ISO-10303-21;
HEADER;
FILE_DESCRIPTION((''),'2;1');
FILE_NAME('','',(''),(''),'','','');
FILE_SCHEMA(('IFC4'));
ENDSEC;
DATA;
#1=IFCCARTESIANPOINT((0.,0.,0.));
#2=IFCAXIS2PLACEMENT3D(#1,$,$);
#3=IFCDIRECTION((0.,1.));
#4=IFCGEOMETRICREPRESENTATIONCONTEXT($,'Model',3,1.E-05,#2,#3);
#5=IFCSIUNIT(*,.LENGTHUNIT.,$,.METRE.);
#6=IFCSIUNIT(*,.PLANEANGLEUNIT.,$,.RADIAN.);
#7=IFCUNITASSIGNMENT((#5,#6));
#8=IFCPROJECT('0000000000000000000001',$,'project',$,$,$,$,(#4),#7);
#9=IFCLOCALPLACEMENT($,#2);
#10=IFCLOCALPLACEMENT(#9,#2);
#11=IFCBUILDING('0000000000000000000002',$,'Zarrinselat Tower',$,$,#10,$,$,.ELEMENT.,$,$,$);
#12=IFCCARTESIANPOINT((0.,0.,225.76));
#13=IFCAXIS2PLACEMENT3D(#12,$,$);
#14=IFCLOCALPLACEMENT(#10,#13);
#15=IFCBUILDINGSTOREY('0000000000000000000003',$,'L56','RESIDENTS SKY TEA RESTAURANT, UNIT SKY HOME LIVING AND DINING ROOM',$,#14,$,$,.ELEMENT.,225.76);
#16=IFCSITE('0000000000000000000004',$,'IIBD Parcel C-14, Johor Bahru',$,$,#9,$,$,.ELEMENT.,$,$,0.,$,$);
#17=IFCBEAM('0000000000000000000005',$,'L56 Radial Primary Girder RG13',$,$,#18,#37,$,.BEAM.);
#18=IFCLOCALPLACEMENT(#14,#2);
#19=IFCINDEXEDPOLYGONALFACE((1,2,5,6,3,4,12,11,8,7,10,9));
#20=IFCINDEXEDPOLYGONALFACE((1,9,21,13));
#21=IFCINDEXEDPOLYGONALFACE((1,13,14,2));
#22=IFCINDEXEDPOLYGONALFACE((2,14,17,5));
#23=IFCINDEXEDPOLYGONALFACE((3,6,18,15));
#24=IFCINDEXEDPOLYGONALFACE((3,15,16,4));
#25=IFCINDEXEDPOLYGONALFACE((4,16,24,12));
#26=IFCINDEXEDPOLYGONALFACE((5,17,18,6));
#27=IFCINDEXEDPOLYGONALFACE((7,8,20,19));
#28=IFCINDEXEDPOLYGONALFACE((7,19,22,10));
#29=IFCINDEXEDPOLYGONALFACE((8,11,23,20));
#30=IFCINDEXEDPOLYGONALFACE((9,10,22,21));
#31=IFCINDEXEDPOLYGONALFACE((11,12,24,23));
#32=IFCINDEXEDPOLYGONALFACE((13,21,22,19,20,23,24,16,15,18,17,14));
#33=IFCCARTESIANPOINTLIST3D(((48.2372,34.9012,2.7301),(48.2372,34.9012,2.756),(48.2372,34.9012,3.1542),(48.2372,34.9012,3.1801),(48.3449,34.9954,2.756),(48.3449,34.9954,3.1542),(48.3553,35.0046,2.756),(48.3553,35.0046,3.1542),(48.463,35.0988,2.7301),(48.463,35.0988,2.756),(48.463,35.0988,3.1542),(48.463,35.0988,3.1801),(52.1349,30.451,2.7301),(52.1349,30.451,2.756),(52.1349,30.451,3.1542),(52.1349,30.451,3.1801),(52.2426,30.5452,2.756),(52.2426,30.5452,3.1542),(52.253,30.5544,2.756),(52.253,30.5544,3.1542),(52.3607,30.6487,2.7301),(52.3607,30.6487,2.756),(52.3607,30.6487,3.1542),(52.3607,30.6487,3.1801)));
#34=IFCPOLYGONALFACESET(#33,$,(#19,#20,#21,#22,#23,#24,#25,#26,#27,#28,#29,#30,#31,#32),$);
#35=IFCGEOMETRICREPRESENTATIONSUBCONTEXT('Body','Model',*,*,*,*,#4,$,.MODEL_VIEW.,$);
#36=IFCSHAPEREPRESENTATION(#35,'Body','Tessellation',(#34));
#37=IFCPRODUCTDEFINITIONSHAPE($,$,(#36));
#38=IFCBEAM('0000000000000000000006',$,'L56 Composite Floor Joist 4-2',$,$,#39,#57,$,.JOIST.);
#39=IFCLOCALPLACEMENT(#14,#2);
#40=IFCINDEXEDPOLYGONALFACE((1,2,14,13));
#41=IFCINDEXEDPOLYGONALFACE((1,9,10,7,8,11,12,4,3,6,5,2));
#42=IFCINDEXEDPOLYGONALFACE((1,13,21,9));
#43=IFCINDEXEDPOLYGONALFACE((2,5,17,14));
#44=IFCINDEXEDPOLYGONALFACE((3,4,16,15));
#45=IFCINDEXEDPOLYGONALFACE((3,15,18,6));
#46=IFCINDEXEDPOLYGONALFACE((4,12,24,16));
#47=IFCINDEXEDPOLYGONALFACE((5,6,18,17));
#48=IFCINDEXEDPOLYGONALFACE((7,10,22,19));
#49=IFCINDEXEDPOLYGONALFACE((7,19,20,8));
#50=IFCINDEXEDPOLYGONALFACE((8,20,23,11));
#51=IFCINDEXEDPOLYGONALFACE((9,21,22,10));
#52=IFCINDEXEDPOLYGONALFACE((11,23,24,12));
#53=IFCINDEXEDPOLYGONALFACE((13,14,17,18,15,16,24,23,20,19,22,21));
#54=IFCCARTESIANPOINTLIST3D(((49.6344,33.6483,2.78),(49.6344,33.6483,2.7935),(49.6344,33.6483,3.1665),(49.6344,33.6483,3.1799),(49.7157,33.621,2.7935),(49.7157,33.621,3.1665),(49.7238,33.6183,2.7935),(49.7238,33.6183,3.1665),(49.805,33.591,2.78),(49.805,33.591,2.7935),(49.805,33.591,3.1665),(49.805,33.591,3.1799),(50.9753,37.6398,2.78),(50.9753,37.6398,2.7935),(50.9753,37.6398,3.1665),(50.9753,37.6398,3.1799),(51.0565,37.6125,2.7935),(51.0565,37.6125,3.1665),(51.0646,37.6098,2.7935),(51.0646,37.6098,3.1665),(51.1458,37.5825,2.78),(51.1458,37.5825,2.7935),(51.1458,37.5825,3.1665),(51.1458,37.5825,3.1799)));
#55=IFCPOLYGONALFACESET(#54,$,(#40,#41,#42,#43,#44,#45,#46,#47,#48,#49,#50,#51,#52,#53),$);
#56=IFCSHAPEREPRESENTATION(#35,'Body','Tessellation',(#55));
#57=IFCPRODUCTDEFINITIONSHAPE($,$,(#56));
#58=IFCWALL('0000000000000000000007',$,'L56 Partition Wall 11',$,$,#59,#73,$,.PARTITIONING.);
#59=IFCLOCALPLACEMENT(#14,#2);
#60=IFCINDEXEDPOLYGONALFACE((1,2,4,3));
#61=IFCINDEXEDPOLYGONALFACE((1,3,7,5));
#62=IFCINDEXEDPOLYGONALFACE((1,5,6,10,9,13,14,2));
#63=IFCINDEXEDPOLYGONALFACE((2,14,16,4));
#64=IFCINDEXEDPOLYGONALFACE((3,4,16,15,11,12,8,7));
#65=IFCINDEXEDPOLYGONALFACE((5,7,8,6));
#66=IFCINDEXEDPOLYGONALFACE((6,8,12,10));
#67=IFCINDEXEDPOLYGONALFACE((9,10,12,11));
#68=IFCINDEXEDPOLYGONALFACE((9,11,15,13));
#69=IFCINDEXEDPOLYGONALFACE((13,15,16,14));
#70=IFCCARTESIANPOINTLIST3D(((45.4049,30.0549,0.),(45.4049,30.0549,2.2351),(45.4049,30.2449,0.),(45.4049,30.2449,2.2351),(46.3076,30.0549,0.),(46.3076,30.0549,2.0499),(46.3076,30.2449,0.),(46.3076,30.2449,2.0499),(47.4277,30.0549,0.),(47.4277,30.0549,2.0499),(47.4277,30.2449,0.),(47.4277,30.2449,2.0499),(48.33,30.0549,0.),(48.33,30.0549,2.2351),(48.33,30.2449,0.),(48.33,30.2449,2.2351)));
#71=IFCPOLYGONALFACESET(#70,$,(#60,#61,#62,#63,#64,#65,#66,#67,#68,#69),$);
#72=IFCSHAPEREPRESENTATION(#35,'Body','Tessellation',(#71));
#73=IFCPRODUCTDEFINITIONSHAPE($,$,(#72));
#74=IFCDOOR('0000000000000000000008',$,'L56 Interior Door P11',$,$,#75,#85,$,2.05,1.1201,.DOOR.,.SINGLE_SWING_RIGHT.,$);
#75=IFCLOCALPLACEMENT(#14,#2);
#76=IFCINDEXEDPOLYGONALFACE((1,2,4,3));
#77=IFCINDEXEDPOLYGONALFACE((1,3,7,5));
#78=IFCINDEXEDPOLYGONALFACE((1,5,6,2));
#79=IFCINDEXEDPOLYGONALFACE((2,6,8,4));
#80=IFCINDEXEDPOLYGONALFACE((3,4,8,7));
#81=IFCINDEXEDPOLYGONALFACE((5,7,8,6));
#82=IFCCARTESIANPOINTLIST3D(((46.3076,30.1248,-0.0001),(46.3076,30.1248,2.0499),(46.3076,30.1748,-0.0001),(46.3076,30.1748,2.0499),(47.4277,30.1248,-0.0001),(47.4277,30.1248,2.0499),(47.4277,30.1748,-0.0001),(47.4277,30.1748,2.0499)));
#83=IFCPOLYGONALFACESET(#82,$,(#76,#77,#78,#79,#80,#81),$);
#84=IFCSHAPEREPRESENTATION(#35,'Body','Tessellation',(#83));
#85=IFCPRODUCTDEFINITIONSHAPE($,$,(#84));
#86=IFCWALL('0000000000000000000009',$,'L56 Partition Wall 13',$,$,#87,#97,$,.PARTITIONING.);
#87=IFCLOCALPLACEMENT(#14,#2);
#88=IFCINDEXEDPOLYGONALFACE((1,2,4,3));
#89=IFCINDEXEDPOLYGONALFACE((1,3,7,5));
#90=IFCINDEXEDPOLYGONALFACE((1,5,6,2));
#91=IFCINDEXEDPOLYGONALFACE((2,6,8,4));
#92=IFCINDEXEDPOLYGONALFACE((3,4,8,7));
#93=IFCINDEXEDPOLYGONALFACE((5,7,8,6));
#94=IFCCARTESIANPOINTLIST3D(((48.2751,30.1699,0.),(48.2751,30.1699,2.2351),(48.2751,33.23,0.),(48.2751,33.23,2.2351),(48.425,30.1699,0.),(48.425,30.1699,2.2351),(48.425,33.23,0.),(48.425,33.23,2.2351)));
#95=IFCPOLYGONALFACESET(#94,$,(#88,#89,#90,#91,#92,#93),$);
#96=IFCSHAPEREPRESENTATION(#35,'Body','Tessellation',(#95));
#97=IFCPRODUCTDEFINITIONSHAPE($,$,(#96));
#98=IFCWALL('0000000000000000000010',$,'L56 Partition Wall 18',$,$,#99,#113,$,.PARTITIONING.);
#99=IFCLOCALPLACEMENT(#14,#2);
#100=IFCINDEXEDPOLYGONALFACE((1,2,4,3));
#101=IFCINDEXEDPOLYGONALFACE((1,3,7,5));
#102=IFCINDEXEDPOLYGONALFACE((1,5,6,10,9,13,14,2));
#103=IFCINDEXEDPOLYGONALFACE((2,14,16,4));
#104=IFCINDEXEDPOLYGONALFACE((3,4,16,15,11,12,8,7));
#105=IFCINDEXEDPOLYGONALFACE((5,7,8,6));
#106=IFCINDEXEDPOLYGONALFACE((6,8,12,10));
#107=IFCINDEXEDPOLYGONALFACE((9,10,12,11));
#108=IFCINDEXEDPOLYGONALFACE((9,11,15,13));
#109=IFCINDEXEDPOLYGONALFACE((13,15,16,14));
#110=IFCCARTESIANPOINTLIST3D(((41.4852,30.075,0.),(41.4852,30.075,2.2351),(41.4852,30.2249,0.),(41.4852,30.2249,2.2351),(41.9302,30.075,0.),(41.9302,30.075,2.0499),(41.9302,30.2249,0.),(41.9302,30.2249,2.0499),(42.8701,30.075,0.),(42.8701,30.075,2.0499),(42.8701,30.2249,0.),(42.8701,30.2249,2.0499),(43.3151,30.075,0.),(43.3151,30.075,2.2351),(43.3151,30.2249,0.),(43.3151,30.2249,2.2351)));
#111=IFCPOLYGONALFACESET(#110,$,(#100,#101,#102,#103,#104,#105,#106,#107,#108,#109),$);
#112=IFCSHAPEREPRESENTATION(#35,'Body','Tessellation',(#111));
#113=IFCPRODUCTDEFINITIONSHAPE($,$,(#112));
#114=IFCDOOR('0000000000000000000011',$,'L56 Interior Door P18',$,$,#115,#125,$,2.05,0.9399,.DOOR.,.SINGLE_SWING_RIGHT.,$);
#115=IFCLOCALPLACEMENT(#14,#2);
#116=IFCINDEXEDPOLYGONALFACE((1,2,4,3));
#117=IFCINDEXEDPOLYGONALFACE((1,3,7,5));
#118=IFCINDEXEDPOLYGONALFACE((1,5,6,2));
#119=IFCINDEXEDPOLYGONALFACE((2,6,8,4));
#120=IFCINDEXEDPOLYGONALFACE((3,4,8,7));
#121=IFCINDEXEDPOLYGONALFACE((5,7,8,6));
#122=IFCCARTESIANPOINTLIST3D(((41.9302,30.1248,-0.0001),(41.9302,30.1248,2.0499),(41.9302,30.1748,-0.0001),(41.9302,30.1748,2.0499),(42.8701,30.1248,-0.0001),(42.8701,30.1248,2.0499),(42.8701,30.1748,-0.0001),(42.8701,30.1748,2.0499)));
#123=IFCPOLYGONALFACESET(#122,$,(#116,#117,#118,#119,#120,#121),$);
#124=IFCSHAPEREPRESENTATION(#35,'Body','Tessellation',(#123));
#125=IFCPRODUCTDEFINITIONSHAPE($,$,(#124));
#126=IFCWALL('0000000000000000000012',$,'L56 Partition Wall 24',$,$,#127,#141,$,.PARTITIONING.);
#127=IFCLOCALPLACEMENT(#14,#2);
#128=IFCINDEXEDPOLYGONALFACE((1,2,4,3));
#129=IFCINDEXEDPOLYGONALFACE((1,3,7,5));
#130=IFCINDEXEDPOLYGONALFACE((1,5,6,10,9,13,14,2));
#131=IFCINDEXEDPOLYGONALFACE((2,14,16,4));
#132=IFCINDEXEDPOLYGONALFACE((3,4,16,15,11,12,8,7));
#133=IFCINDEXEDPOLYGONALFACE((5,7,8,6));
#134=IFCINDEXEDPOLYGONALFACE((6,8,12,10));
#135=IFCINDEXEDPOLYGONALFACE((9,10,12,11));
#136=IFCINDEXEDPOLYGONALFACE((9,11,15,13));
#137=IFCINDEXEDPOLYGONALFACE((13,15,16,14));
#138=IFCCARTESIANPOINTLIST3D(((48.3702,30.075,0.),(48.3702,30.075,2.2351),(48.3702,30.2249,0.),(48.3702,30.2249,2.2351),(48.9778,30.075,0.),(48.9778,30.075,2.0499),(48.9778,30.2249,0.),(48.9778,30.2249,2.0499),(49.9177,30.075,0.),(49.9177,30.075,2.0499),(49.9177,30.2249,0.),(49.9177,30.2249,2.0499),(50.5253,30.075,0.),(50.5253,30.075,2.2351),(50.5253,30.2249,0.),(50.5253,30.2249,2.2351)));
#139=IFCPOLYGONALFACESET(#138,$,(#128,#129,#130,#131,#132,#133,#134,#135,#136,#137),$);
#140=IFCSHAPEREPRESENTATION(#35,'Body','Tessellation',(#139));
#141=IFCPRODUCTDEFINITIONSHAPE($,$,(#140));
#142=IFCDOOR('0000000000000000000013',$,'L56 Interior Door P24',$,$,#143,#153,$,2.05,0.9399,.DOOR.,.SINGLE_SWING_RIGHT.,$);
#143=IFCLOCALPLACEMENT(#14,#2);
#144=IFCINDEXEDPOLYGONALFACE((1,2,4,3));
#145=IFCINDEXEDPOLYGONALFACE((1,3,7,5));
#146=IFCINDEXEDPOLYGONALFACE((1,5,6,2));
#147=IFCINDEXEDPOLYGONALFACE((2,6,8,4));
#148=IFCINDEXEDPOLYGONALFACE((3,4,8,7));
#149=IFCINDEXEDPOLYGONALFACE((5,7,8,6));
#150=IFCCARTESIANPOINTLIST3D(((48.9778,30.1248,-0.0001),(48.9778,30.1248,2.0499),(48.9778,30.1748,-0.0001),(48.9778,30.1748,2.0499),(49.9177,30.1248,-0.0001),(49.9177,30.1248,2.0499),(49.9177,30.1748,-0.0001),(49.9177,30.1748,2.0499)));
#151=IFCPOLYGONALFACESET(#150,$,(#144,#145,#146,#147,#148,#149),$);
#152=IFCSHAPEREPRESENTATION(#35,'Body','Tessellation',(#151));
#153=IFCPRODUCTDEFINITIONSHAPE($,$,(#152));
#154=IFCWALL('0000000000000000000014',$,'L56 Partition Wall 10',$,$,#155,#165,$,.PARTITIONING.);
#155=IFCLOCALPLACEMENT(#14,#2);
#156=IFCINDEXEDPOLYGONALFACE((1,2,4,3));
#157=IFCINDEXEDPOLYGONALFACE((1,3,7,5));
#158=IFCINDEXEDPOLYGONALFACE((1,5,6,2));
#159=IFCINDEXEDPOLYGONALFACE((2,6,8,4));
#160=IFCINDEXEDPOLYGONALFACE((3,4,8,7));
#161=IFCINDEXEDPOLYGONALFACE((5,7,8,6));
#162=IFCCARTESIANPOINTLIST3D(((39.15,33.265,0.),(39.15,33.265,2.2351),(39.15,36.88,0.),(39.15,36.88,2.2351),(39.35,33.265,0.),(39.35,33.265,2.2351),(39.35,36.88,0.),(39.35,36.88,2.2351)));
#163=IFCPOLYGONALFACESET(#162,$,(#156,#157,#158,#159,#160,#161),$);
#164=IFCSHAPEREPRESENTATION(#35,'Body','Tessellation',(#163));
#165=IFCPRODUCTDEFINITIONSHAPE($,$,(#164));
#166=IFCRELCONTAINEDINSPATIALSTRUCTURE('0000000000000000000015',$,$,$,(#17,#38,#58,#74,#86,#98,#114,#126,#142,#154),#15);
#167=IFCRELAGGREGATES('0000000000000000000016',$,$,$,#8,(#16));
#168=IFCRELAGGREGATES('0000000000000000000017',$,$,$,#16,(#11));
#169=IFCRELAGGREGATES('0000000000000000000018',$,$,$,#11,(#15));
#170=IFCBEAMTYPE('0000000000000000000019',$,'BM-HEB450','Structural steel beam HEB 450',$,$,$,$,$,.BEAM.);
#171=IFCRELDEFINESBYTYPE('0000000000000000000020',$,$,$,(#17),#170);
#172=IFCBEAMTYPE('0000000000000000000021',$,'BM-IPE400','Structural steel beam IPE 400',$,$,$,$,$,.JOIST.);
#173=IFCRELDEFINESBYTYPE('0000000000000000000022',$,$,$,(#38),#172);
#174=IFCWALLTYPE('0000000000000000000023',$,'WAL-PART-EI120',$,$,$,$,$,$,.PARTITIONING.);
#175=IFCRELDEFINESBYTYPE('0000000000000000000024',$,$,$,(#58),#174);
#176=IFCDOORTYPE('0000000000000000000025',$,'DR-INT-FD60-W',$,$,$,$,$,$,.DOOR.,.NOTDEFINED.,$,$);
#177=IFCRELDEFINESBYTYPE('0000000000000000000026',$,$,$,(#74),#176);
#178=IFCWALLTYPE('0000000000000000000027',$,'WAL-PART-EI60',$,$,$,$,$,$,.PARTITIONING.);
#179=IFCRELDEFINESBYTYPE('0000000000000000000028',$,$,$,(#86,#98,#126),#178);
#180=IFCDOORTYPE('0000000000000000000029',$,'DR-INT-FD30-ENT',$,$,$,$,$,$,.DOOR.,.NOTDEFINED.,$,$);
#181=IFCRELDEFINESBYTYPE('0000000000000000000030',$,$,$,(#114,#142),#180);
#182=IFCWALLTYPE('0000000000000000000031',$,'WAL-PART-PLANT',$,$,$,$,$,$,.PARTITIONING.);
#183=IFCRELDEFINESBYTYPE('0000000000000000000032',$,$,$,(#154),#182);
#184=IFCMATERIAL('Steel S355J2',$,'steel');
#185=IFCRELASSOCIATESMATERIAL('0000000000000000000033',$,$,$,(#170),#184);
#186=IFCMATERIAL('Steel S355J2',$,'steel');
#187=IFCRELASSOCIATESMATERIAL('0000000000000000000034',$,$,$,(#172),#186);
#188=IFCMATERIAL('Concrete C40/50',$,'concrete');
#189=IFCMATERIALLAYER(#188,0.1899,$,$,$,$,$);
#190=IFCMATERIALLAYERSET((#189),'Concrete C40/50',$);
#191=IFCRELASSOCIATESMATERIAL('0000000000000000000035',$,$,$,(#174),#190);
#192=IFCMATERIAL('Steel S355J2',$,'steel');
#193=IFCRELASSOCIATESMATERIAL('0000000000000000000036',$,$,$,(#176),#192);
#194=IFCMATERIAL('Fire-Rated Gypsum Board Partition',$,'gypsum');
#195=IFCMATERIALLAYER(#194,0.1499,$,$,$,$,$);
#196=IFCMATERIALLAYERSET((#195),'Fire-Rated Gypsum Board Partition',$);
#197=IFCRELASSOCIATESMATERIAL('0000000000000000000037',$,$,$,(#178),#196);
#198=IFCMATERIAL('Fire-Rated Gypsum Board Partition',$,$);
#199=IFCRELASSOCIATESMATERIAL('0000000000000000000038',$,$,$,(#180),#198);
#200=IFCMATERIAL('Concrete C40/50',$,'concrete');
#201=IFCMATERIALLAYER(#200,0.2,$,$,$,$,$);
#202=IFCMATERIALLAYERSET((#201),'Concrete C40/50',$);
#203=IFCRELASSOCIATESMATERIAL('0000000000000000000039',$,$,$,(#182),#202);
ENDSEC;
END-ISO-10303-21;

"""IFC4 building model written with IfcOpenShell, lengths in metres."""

from ifc_helpers import new_model, si_unit, direction, frame, frame_2d, origin, origin_2d, place, context, subcontext, project, spatial, rectangle, i_section, extrude, material, layer, layer_set, material_profile, profile_set, type_object, element, fill, save


model = new_model("IFC4")

# Units and contexts
model_context = context("Model", 3, precision=1e-05, world=origin(), true_north=direction((0.0, 1.0)))
body_context = subcontext(model_context, "Body", "Model", "MODEL_VIEW")
ifc_project = project(units=[si_unit("LENGTHUNIT", "METRE"), si_unit("PLANEANGLEUNIT", "RADIAN")], contexts=[model_context])

# Site, building, storey
site_placement = place(None, origin())
site = spatial("IfcSite", under=ifc_project, at=site_placement, Name="IIBD Parcel C-14, Johor Bahru", CompositionType="ELEMENT", RefElevation=0.0)
building_placement = place(site_placement, origin())
building = spatial("IfcBuilding", under=site, at=building_placement, Name="Zarrinselat Tower", CompositionType="ELEMENT")
storey_placement = place(building_placement, frame((0.0, 0.0, 225.76)))
storey = spatial("IfcBuildingStorey", under=building, at=storey_placement, Name="L56", Description="RESIDENTS SKY TEA RESTAURANT, UNIT SKY HOME LIVING AND DINING ROOM", CompositionType="ELEMENT", Elevation=225.76)

# Beams
ifc_material_1 = material(Name="Steel S355J2", Category="steel")
ifc_material_profile_1 = material_profile(ifc_material_1, i_section(OverallWidth=0.3, OverallDepth=0.45, WebThickness=0.0139, FlangeThickness=0.0259, at=origin_2d()), Name="HEB 450")
ifc_profile_set_1 = profile_set([ifc_material_profile_1], Name="Steel S355J2")
beam_type_1 = type_object("IfcBeamType", Name="BM-HEB450", Description="Structural steel beam HEB 450", PredefinedType="BEAM", material=ifc_profile_set_1)
beam_1_placement = place(storey_placement, frame((48.3501, 35.0, 2.9551), z_axis=(0.658867, -0.75226, 0.0), x_axis=(0.75226, 0.658867, 0.0)))
element("IfcBeam", 1, at=beam_1_placement, inside=storey, type_object=beam_type_1, Name="L56 Radial Primary Girder RG13", PredefinedType="BEAM", context=body_context, shape_type="SweptSolid", body=[
    extrude(i_section(OverallWidth=0.3, OverallDepth=0.45, WebThickness=0.0139, FlangeThickness=0.0259, at=origin_2d()), origin(), (0.0, 0.0, 1.0), 5.9158),
])
ifc_material_2 = material(Name="Steel S355J2", Category="steel")
ifc_material_profile_2 = material_profile(ifc_material_2, i_section(OverallWidth=0.1799, OverallDepth=0.3999, WebThickness=0.0085, FlangeThickness=0.0134, at=origin_2d()), Name="IPE 400")
ifc_profile_set_2 = profile_set([ifc_material_profile_2], Name="Steel S355J2")
beam_type_2 = type_object("IfcBeamType", Name="BM-IPE400", Description="Structural steel beam IPE 400", PredefinedType="JOIST", material=ifc_profile_set_2)
beam_2_placement = place(storey_placement, frame((49.7197, 33.6196, 2.98), z_axis=(0.318436, 0.947944, 0.0), x_axis=(-0.947944, 0.318436, 0.0)))
element("IfcBeam", 2, at=beam_2_placement, inside=storey, type_object=beam_type_2, Name="L56 Composite Floor Joist 4-2", PredefinedType="JOIST", context=body_context, shape_type="SweptSolid", body=[
    extrude(i_section(OverallWidth=0.1799, OverallDepth=0.3999, WebThickness=0.0085, FlangeThickness=0.0134, at=origin_2d()), origin(), (0.0, 0.0, 1.0), 4.2107),
])

# Wall, opening, door
ifc_material_3 = material(Name="Concrete C40/50", Category="concrete")
ifc_layer_1 = layer(ifc_material_3, 0.1899)
ifc_layer_set_1 = layer_set([ifc_layer_1], Name="Concrete C40/50")
wall_type_1 = type_object("IfcWallType", Name="WAL-PART-EI120", PredefinedType="PARTITIONING", material=ifc_layer_set_1)
wall_1_placement = place(storey_placement, frame((45.405, 30.1499, 0.0), z_axis=(0.0, 0.0, 1.0), x_axis=(1.0, 0.0, 0.0)))
wall_1 = element("IfcWall", 3, at=wall_1_placement, inside=storey, type_object=wall_type_1, Name="L56 Partition Wall 11", PredefinedType="PARTITIONING", context=body_context, shape_type="SweptSolid", body=[
    extrude(rectangle(XDim=2.925, YDim=0.1899, at=frame_2d((1.4624, 0.0))), origin(), (0.0, 0.0, 1.0), 2.2351),
])
opening_1_placement = place(wall_1_placement, frame((0.9026, 0.0, 0.0)))
opening_1 = element("IfcOpeningElement", 4, at=opening_1_placement, cuts=wall_1, PredefinedType="OPENING", context=body_context, shape_type="SweptSolid", body=[
    extrude(rectangle(XDim=1.1201, YDim=2.05, at=frame_2d((0.5601, 1.0249))), frame((0.0, 0.105, 0.0), z_axis=(0.0, -1.0, 0.0), x_axis=(1.0, 0.0, 0.0)), (0.0, 0.0, 1.0), 0.21),
])
ifc_material_4 = material(Name="Steel S355J2", Category="steel")
door_type_1 = type_object("IfcDoorType", Name="DR-INT-FD60-W", OperationType="NOTDEFINED", PredefinedType="DOOR", material=ifc_material_4)
door_1_placement = place(opening_1_placement, origin())
door_1 = element("IfcDoor", 5, at=door_1_placement, inside=storey, type_object=door_type_1, Name="L56 Interior Door P11", OperationType="SINGLE_SWING_RIGHT", OverallHeight=2.05, OverallWidth=1.1201, PredefinedType="DOOR", context=body_context, shape_type="SweptSolid", body=[
    extrude(rectangle(XDim=1.1201, YDim=2.05, at=frame_2d((0.5601, 1.0249))), frame((0.0, 0.0249, 0.0), z_axis=(0.0, -1.0, 0.0), x_axis=(1.0, 0.0, 0.0)), (0.0, 0.0, 1.0), 0.05),
])
fill(opening_1, door_1)

# Wall
ifc_material_5 = material(Name="Fire-Rated Gypsum Board Partition", Category="gypsum")
ifc_layer_2 = layer(ifc_material_5, 0.1499)
ifc_layer_set_2 = layer_set([ifc_layer_2], Name="Fire-Rated Gypsum Board Partition")
wall_type_2 = type_object("IfcWallType", Name="WAL-PART-EI60", PredefinedType="PARTITIONING", material=ifc_layer_set_2)
wall_2_placement = place(storey_placement, frame((48.3501, 30.1699, 0.0), z_axis=(0.0, 0.0, 1.0), x_axis=(0.0, 1.0, 0.0)))
element("IfcWall", 6, at=wall_2_placement, inside=storey, type_object=wall_type_2, Name="L56 Partition Wall 13", PredefinedType="PARTITIONING", context=body_context, shape_type="SweptSolid", body=[
    extrude(rectangle(XDim=3.0601, YDim=0.1499, at=frame_2d((1.53, 0.0))), origin(), (0.0, 0.0, 1.0), 2.2351),
])

# Walls, openings, doors
wall_3_placement = place(storey_placement, frame((41.4851, 30.1499, 0.0), z_axis=(0.0, 0.0, 1.0), x_axis=(1.0, 0.0, 0.0)))
wall_3 = element("IfcWall", 7, at=wall_3_placement, inside=storey, type_object=wall_type_2, Name="L56 Partition Wall 18", PredefinedType="PARTITIONING", context=body_context, shape_type="SweptSolid", body=[
    extrude(rectangle(XDim=1.8298, YDim=0.1499, at=frame_2d((0.915, 0.0))), origin(), (0.0, 0.0, 1.0), 2.2351),
])
opening_2_placement = place(wall_3_placement, frame((0.4451, 0.0, 0.0)))
opening_2 = element("IfcOpeningElement", 8, at=opening_2_placement, cuts=wall_3, PredefinedType="OPENING", context=body_context, shape_type="SweptSolid", body=[
    extrude(rectangle(XDim=0.9399, YDim=2.05, at=frame_2d((0.47, 1.0249))), frame((0.0, 0.085, 0.0), z_axis=(0.0, -1.0, 0.0), x_axis=(1.0, 0.0, 0.0)), (0.0, 0.0, 1.0), 0.1699),
])
ifc_material_6 = material(Name="Fire-Rated Gypsum Board Partition")
door_type_2 = type_object("IfcDoorType", Name="DR-INT-FD30-ENT", OperationType="NOTDEFINED", PredefinedType="DOOR", material=ifc_material_6)
door_2_placement = place(opening_2_placement, origin())
door_2 = element("IfcDoor", 9, at=door_2_placement, inside=storey, type_object=door_type_2, Name="L56 Interior Door P18", OperationType="SINGLE_SWING_RIGHT", OverallHeight=2.05, OverallWidth=0.9399, PredefinedType="DOOR", context=body_context, shape_type="SweptSolid", body=[
    extrude(rectangle(XDim=0.9399, YDim=2.05, at=frame_2d((0.47, 1.0249))), frame((0.0, 0.0249, 0.0), z_axis=(0.0, -1.0, 0.0), x_axis=(1.0, 0.0, 0.0)), (0.0, 0.0, 1.0), 0.05),
])
fill(opening_2, door_2)
wall_4_placement = place(storey_placement, frame((48.3701, 30.1499, 0.0), z_axis=(0.0, 0.0, 1.0), x_axis=(1.0, 0.0, 0.0)))
wall_4 = element("IfcWall", 10, at=wall_4_placement, inside=storey, type_object=wall_type_2, Name="L56 Partition Wall 24", PredefinedType="PARTITIONING", context=body_context, shape_type="SweptSolid", body=[
    extrude(rectangle(XDim=2.155, YDim=0.1499, at=frame_2d((1.0776, 0.0))), origin(), (0.0, 0.0, 1.0), 2.2351),
])
opening_3_placement = place(wall_4_placement, frame((0.6077, 0.0, 0.0)))
opening_3 = element("IfcOpeningElement", 11, at=opening_3_placement, cuts=wall_4, PredefinedType="OPENING", context=body_context, shape_type="SweptSolid", body=[
    extrude(rectangle(XDim=0.9399, YDim=2.05, at=frame_2d((0.47, 1.0249))), frame((0.0, 0.085, 0.0), z_axis=(0.0, -1.0, 0.0), x_axis=(1.0, 0.0, 0.0)), (0.0, 0.0, 1.0), 0.1699),
])
door_3_placement = place(opening_3_placement, origin())
door_3 = element("IfcDoor", 12, at=door_3_placement, inside=storey, type_object=door_type_2, Name="L56 Interior Door P24", OperationType="SINGLE_SWING_RIGHT", OverallHeight=2.05, OverallWidth=0.9399, PredefinedType="DOOR", context=body_context, shape_type="SweptSolid", body=[
    extrude(rectangle(XDim=0.9399, YDim=2.05, at=frame_2d((0.47, 1.0249))), frame((0.0, 0.0249, 0.0), z_axis=(0.0, -1.0, 0.0), x_axis=(1.0, 0.0, 0.0)), (0.0, 0.0, 1.0), 0.05),
])
fill(opening_3, door_3)

# Wall
ifc_material_7 = material(Name="Concrete C40/50", Category="concrete")
ifc_layer_3 = layer(ifc_material_7, 0.2)
ifc_layer_set_3 = layer_set([ifc_layer_3], Name="Concrete C40/50")
wall_type_3 = type_object("IfcWallType", Name="WAL-PART-PLANT", PredefinedType="PARTITIONING", material=ifc_layer_set_3)
wall_5_placement = place(storey_placement, frame((39.25, 33.2649, 0.0), z_axis=(0.0, 0.0, 1.0), x_axis=(0.0, 1.0, 0.0)))
element("IfcWall", 13, at=wall_5_placement, inside=storey, type_object=wall_type_3, Name="L56 Partition Wall 10", PredefinedType="PARTITIONING", context=body_context, shape_type="SweptSolid", body=[
    extrude(rectangle(XDim=3.615, YDim=0.2, at=frame_2d((1.8076, 0.0))), origin(), (0.0, 0.0, 1.0), 2.2351),
])

save(model, "model.ifc")
